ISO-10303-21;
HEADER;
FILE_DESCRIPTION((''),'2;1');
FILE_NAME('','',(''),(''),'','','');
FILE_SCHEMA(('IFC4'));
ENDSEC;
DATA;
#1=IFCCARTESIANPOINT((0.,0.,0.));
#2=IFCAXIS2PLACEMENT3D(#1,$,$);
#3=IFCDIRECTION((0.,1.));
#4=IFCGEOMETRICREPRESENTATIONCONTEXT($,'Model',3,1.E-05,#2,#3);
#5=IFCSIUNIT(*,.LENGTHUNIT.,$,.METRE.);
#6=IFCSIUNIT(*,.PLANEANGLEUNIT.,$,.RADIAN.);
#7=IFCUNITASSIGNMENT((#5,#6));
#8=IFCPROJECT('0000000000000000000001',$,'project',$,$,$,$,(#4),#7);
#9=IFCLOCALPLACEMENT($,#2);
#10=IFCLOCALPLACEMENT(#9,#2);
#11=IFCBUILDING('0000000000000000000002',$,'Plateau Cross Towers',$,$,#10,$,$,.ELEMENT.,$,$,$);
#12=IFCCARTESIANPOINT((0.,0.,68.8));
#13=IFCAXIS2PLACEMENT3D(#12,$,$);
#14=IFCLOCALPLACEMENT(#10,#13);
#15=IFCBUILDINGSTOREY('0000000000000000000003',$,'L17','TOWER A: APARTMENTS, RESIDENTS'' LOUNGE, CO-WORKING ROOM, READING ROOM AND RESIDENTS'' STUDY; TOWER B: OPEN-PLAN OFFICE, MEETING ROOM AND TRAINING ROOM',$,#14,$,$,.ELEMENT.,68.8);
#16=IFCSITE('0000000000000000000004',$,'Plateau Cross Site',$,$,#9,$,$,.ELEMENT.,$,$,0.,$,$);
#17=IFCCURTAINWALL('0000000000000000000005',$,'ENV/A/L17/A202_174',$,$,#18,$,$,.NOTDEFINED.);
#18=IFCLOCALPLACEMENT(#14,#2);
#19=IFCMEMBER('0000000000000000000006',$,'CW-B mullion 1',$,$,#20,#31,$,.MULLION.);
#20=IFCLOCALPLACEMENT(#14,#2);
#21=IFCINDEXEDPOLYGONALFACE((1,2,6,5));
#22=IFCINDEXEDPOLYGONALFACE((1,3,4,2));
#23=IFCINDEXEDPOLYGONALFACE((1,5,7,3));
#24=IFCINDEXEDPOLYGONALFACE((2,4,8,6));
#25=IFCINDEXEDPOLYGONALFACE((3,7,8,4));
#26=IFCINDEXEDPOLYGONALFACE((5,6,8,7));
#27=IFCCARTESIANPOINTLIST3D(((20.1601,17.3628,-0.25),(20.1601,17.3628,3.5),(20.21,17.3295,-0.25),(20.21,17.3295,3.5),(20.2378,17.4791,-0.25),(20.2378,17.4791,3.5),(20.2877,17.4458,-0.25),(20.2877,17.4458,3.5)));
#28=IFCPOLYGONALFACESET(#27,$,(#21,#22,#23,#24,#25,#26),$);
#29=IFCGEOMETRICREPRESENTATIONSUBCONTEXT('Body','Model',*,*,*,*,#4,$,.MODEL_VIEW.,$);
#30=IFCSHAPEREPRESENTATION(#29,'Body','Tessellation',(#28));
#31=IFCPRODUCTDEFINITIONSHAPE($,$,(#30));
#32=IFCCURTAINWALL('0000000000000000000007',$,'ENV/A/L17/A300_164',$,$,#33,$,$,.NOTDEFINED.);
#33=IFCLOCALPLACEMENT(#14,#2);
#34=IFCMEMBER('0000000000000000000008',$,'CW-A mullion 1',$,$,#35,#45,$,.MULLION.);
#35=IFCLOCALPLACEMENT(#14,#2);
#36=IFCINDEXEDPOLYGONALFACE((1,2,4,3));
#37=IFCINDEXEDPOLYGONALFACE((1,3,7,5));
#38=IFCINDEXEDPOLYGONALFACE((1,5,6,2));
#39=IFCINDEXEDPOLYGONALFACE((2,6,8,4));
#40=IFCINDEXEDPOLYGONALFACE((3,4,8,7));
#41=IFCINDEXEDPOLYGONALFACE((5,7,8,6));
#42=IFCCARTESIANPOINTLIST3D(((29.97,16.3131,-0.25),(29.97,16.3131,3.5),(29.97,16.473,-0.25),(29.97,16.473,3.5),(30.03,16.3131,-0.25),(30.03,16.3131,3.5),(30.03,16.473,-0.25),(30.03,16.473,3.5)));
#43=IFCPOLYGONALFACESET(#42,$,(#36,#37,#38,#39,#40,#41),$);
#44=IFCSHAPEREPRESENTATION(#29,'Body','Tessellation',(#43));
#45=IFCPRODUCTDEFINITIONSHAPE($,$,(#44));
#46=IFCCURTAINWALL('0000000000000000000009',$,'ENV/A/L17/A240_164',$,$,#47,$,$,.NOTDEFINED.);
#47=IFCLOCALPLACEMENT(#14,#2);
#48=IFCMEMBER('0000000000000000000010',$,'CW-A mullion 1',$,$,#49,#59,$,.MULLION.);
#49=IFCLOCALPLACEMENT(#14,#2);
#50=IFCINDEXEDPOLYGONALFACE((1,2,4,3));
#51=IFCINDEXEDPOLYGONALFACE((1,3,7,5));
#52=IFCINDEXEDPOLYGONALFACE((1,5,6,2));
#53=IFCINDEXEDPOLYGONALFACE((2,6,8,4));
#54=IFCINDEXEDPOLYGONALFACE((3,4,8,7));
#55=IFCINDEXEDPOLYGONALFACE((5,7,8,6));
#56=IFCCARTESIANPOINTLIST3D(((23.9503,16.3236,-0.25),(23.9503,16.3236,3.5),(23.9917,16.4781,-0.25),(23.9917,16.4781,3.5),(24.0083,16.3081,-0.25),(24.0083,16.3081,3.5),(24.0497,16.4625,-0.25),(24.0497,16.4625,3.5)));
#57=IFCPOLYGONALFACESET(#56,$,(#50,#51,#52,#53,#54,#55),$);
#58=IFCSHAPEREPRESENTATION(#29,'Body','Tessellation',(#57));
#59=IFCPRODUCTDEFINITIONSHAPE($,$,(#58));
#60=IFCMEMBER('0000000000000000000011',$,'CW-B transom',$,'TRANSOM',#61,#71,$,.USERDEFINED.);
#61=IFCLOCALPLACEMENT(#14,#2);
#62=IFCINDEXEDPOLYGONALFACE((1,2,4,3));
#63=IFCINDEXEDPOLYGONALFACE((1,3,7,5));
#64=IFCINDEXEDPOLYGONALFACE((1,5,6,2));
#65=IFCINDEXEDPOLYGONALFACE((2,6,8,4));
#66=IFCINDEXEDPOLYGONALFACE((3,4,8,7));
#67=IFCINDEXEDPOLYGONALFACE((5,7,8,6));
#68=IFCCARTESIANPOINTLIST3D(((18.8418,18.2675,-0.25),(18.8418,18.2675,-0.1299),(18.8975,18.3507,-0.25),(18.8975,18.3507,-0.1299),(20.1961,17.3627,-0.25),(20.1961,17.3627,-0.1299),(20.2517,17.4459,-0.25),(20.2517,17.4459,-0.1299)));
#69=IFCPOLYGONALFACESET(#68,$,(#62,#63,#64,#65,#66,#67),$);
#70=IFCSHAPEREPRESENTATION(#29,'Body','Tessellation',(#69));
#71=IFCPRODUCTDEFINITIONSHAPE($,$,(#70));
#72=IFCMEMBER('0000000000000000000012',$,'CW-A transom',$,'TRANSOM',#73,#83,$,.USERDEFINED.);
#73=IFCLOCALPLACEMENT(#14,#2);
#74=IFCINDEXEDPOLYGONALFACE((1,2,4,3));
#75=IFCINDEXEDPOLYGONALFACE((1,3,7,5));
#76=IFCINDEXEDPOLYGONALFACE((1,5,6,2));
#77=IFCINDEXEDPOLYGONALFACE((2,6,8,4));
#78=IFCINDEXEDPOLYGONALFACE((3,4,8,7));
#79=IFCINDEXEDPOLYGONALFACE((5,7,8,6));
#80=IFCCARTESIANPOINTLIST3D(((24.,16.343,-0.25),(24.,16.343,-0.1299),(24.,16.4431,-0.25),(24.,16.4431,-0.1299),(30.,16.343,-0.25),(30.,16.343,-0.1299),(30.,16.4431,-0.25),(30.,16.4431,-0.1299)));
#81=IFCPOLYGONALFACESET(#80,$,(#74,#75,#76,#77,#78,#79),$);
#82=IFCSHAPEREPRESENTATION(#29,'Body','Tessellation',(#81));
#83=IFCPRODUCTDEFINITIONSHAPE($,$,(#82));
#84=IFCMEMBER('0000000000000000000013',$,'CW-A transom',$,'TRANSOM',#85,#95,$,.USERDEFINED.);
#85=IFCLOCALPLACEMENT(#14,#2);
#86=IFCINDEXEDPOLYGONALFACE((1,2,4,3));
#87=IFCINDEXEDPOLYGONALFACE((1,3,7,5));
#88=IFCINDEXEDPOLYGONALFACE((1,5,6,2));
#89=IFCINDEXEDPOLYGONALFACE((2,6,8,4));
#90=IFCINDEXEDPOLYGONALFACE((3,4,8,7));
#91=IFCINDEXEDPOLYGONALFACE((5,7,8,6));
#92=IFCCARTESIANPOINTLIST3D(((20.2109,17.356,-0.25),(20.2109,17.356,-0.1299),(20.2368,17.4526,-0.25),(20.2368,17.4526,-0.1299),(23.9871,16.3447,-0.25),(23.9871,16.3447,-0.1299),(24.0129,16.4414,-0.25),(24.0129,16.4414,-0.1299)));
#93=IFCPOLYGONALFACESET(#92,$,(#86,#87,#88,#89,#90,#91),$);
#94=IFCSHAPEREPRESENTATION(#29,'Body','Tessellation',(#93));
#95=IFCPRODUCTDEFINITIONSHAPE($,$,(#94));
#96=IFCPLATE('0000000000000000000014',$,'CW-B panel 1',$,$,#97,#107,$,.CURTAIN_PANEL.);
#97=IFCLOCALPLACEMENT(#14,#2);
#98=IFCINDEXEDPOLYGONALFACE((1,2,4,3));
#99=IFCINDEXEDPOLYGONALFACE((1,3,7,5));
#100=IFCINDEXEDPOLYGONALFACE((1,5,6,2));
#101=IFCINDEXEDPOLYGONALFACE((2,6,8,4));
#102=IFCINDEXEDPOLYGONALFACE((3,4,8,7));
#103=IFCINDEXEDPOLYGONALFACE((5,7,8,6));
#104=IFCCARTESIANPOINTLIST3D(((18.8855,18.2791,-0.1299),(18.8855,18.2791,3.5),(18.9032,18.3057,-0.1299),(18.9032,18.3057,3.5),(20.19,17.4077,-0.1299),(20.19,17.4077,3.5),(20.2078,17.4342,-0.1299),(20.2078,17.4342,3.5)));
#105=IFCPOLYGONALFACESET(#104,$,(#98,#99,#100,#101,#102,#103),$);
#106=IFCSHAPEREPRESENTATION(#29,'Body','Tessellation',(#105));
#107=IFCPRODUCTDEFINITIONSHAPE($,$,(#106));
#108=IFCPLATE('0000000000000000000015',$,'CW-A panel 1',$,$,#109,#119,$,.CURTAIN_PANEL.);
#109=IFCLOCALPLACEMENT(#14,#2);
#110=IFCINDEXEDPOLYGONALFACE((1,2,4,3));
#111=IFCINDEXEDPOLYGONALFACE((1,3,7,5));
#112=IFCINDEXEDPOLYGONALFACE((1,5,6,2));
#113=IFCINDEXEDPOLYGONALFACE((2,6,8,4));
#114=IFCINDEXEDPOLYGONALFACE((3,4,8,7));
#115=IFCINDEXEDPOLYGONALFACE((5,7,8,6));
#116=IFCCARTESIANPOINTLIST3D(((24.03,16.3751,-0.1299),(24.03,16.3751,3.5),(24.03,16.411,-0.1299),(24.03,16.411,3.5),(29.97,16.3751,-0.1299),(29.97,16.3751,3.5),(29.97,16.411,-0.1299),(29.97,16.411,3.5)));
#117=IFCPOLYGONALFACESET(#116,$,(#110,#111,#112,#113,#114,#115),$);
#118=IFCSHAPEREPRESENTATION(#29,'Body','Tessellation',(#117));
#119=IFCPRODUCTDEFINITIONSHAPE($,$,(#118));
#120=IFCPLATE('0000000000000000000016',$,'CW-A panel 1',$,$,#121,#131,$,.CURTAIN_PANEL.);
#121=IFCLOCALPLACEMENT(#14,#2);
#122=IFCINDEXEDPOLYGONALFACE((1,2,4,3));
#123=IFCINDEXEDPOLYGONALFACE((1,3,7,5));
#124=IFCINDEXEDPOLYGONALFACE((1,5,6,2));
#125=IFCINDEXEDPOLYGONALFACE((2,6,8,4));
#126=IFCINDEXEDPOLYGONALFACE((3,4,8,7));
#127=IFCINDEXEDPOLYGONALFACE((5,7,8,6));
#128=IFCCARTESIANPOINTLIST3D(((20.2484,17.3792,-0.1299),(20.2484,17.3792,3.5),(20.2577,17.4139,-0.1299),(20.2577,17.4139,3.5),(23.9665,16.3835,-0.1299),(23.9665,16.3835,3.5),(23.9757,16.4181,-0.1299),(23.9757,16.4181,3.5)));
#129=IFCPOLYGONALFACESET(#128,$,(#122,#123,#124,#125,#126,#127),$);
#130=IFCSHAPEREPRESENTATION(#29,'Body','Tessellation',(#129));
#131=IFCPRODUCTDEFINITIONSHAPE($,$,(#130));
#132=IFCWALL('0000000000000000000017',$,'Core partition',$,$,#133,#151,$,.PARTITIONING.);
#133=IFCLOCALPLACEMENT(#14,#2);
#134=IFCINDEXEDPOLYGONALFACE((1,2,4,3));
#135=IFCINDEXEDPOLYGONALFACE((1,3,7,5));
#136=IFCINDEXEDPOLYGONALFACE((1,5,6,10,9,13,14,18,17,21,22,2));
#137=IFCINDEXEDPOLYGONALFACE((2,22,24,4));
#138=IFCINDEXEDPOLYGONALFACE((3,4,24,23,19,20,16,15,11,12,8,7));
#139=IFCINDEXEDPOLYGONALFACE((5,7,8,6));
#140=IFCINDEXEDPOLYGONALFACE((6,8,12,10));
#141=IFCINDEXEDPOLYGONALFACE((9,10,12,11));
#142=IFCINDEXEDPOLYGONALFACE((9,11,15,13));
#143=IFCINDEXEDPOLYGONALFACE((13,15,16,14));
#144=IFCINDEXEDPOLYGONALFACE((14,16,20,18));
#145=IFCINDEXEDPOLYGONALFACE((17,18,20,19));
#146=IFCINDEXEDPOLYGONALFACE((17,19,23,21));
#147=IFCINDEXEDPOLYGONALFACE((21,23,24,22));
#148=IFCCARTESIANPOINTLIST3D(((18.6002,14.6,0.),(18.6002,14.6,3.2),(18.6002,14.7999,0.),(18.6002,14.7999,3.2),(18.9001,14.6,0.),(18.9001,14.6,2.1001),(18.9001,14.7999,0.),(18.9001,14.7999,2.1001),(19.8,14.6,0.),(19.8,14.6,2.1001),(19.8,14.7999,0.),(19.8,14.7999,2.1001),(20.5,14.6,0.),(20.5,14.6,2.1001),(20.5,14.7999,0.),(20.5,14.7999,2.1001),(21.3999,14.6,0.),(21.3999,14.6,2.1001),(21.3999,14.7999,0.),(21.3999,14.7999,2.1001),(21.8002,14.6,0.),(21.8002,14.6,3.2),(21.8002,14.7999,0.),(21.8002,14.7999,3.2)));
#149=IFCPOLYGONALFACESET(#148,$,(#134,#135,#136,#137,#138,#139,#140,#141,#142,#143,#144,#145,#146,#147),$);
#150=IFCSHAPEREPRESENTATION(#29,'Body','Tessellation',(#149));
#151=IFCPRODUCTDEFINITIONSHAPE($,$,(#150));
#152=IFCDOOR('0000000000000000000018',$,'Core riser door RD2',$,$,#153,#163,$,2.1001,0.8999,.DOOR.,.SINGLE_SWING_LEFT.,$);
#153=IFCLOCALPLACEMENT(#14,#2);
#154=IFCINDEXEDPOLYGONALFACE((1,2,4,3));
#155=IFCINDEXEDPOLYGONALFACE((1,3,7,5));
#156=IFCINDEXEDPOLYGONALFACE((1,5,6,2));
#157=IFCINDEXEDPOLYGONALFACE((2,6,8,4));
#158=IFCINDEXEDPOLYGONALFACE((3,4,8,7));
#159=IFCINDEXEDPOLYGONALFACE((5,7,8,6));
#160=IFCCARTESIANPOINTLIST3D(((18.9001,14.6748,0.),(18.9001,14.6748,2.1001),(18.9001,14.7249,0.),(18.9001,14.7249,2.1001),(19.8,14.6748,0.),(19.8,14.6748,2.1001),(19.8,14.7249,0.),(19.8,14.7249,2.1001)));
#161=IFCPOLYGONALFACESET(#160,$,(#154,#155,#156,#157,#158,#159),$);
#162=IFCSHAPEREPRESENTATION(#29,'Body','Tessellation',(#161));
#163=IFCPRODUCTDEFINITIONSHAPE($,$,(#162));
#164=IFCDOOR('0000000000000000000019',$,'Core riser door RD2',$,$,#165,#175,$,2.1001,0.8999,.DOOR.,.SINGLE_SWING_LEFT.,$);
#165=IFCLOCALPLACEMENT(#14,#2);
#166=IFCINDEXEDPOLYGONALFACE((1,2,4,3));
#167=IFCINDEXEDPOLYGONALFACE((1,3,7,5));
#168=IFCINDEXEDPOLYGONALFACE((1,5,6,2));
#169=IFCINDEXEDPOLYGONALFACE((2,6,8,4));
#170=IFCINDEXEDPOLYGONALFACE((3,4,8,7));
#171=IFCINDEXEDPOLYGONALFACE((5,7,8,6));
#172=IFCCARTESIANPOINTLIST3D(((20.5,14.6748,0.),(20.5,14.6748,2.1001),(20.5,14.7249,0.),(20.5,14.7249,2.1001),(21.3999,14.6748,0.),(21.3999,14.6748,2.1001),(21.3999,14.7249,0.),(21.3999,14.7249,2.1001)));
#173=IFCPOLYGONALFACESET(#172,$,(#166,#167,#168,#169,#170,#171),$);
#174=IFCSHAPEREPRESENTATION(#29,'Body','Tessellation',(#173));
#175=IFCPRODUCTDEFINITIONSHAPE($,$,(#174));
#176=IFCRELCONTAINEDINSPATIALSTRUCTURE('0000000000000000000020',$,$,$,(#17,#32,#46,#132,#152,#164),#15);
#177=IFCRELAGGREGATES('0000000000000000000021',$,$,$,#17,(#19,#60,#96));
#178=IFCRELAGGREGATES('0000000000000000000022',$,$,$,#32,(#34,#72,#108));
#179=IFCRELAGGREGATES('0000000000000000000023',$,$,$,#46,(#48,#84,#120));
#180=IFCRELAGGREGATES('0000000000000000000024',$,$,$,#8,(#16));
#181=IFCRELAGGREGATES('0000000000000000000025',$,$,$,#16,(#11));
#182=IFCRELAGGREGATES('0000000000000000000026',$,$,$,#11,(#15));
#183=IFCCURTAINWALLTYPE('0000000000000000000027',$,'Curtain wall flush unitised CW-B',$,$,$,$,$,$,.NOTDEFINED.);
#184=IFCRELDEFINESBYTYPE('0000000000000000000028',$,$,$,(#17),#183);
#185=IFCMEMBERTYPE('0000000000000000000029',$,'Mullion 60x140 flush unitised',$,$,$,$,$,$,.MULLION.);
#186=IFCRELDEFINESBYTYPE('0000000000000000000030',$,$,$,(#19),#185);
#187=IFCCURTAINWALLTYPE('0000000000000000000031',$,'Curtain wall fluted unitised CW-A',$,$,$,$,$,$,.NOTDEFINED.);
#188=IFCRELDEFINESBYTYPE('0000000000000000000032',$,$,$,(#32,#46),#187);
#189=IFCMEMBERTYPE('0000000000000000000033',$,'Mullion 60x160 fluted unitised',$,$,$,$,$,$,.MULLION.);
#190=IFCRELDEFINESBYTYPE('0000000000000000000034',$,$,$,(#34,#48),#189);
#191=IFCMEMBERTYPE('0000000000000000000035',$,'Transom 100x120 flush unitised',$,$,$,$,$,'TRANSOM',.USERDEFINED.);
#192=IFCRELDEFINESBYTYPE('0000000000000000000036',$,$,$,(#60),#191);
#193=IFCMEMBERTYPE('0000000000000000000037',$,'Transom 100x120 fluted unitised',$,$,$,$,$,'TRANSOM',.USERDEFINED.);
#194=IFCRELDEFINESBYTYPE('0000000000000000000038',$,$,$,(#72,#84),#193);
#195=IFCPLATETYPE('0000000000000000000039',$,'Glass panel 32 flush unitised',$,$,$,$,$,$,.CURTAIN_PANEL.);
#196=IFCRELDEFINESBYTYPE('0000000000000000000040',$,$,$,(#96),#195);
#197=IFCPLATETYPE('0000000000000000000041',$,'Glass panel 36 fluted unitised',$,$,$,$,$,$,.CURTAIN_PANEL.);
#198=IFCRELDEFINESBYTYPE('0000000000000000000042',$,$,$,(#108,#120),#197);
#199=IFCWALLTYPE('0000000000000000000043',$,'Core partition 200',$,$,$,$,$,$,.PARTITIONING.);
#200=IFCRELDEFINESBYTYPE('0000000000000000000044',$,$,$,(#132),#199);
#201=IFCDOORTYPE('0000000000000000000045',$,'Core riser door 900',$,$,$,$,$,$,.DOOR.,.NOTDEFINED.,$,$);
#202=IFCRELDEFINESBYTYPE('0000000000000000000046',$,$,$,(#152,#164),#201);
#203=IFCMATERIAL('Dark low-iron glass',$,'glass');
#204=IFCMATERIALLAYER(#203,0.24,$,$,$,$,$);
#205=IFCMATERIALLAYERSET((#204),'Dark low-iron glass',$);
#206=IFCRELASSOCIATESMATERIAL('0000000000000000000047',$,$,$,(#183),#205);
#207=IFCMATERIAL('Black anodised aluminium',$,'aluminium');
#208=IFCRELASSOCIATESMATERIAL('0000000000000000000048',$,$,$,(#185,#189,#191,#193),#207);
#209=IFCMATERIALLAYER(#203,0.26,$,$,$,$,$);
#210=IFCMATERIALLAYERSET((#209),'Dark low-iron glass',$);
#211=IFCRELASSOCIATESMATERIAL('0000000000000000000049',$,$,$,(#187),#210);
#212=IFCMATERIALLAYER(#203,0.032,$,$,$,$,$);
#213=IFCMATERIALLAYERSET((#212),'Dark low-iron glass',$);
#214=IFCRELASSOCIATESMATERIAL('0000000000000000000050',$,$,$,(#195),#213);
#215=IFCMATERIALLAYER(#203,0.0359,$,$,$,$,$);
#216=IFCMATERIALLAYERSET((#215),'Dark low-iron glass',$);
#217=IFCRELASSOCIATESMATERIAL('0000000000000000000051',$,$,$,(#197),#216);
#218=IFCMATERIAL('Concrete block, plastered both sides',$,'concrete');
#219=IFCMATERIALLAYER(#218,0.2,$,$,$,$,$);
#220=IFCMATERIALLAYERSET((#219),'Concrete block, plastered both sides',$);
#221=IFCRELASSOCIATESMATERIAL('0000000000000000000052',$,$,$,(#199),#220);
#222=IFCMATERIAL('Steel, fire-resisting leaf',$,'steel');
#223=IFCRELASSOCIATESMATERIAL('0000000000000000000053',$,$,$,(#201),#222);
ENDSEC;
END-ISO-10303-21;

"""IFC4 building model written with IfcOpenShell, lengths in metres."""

from ifc_helpers import new_model, si_unit, direction, frame, frame_2d, origin, origin_2d, place, context, subcontext, project, spatial, rectangle, extrude, material, layer, layer_set, material_profile, profile_set, type_object, element, fill, aggregate, save


model = new_model("IFC4")

# Units and contexts
model_context = context("Model", 3, precision=1e-05, world=origin(), true_north=direction((0.0, 1.0)))
body_context = subcontext(model_context, "Body", "Model", "MODEL_VIEW")
ifc_project = project(units=[si_unit("LENGTHUNIT", "METRE"), si_unit("PLANEANGLEUNIT", "RADIAN")], contexts=[model_context])

# Site, building, storey
site_placement = place(None, origin())
site = spatial("IfcSite", under=ifc_project, at=site_placement, Name="Plateau Cross Site", CompositionType="ELEMENT", RefElevation=0.0)
building_placement = place(site_placement, origin())
building = spatial("IfcBuilding", under=site, at=building_placement, Name="Plateau Cross Towers", CompositionType="ELEMENT")
storey_placement = place(building_placement, frame((0.0, 0.0, 68.8)))
storey = spatial("IfcBuildingStorey", under=building, at=storey_placement, Name="L17", Description="TOWER A: APARTMENTS, RESIDENTS' LOUNGE, CO-WORKING ROOM, READING ROOM AND RESIDENTS' STUDY; TOWER B: OPEN-PLAN OFFICE, MEETING ROOM AND TRAINING ROOM", CompositionType="ELEMENT", Elevation=68.8)

# Curtain walls, members
ifc_material_1 = material(Name="Dark low-iron glass", Category="glass")
ifc_layer_1 = layer(ifc_material_1, 0.24)
ifc_layer_set_1 = layer_set([ifc_layer_1], Name="Dark low-iron glass")
curtain_wall_type_1 = type_object("IfcCurtainWallType", Name="Curtain wall flush unitised CW-B", PredefinedType="NOTDEFINED", material=ifc_layer_set_1)
curtain_wall_1_placement = place(storey_placement, origin())
curtain_wall_1 = element("IfcCurtainWall", 1, at=curtain_wall_1_placement, inside=storey, type_object=curtain_wall_type_1, Name="ENV/A/L17/A202_174", PredefinedType="NOTDEFINED")
ifc_material_2 = material(Name="Black anodised aluminium", Category="aluminium")
ifc_material_profile_1 = material_profile(ifc_material_2, rectangle(XDim=0.0601, YDim=0.1399, at=origin_2d()), Name="MULLION 60x140")
ifc_profile_set_1 = profile_set([ifc_material_profile_1], Name="Black anodised aluminium")
member_type_1 = type_object("IfcMemberType", Name="Mullion 60x140 flush unitised", PredefinedType="MULLION", material=ifc_profile_set_1)
member_1_placement = place(storey_placement, frame((20.2239, 17.4043, -0.25), z_axis=(0.0, 0.0, 1.0), x_axis=(-0.831521, 0.555493, 0.0)))
member_1 = element("IfcMember", 2, at=member_1_placement, type_object=member_type_1, Name="CW-B mullion 1", PredefinedType="MULLION", context=body_context, shape_type="SweptSolid", body=[
    extrude(rectangle(XDim=0.0601, YDim=0.1399, at=origin_2d()), origin(), (0.0, 0.0, 1.0), 3.75),
])
ifc_layer_2 = layer(ifc_material_1, 0.26)
ifc_layer_set_2 = layer_set([ifc_layer_2], Name="Dark low-iron glass")
curtain_wall_type_2 = type_object("IfcCurtainWallType", Name="Curtain wall fluted unitised CW-A", PredefinedType="NOTDEFINED", material=ifc_layer_set_2)
curtain_wall_2_placement = place(storey_placement, origin())
curtain_wall_2 = element("IfcCurtainWall", 3, at=curtain_wall_2_placement, inside=storey, type_object=curtain_wall_type_2, Name="ENV/A/L17/A300_164", PredefinedType="NOTDEFINED")
ifc_material_profile_2 = material_profile(ifc_material_2, rectangle(XDim=0.0601, YDim=0.1599, at=origin_2d()), Name="MULLION 60x160")
ifc_profile_set_2 = profile_set([ifc_material_profile_2], Name="Black anodised aluminium")
member_type_2 = type_object("IfcMemberType", Name="Mullion 60x160 fluted unitised", PredefinedType="MULLION", material=ifc_profile_set_2)
member_2_placement = place(storey_placement, frame((30.0, 16.3931, -0.25), z_axis=(0.0, 0.0, 1.0), x_axis=(-1.0, 0.0, 0.0)))
member_2 = element("IfcMember", 4, at=member_2_placement, type_object=member_type_2, Name="CW-A mullion 1", PredefinedType="MULLION", context=body_context, shape_type="SweptSolid", body=[
    extrude(rectangle(XDim=0.0601, YDim=0.1599, at=origin_2d()), origin(), (0.0, 0.0, 1.0), 3.75),
])
curtain_wall_3_placement = place(storey_placement, origin())
curtain_wall_3 = element("IfcCurtainWall", 5, at=curtain_wall_3_placement, inside=storey, type_object=curtain_wall_type_2, Name="ENV/A/L17/A240_164", PredefinedType="NOTDEFINED")
member_3_placement = place(storey_placement, frame((24.0, 16.3931, -0.25), z_axis=(0.0, 0.0, 1.0), x_axis=(-0.965958, 0.258699, 0.0)))
member_3 = element("IfcMember", 6, at=member_3_placement, type_object=member_type_2, Name="CW-A mullion 1", PredefinedType="MULLION", context=body_context, shape_type="SweptSolid", body=[
    extrude(rectangle(XDim=0.0601, YDim=0.1599, at=origin_2d()), origin(), (0.0, 0.0, 1.0), 3.75),
])

# Members
ifc_material_profile_3 = material_profile(ifc_material_2, rectangle(XDim=0.1001, YDim=0.1201, at=origin_2d()), Name="TRANSOM 100x120")
ifc_profile_set_3 = profile_set([ifc_material_profile_3], Name="Black anodised aluminium")
member_type_3 = type_object("IfcMemberType", Name="Transom 100x120 flush unitised", ElementType="TRANSOM", PredefinedType="USERDEFINED", material=ifc_profile_set_3)
member_4_placement = place(storey_placement, frame((20.2239, 17.4043, -0.1899), z_axis=(-0.831496, 0.55553, 0.0), x_axis=(-0.55553, -0.831496, 0.0)))
member_4 = element("IfcMember", 7, at=member_4_placement, type_object=member_type_3, Name="CW-B transom", ObjectType="TRANSOM", PredefinedType="USERDEFINED", context=body_context, shape_type="SweptSolid", body=[
    extrude(rectangle(XDim=0.1001, YDim=0.1201, at=origin_2d()), origin(), (0.0, 0.0, 1.0), 1.6287),
])
ifc_material_profile_4 = material_profile(ifc_material_2, rectangle(XDim=0.1001, YDim=0.1201, at=origin_2d()), Name="TRANSOM 100x120")
ifc_profile_set_4 = profile_set([ifc_material_profile_4], Name="Black anodised aluminium")
member_type_4 = type_object("IfcMemberType", Name="Transom 100x120 fluted unitised", ElementType="TRANSOM", PredefinedType="USERDEFINED", material=ifc_profile_set_4)
member_5_placement = place(storey_placement, frame((30.0, 16.3931, -0.1899), z_axis=(-1.0, 0.0, 0.0), x_axis=(0.0, -1.0, 0.0)))
member_5 = element("IfcMember", 8, at=member_5_placement, type_object=member_type_4, Name="CW-A transom", ObjectType="TRANSOM", PredefinedType="USERDEFINED", context=body_context, shape_type="SweptSolid", body=[
    extrude(rectangle(XDim=0.1001, YDim=0.1201, at=origin_2d()), origin(), (0.0, 0.0, 1.0), 6.0),
])
member_6_placement = place(storey_placement, frame((24.0, 16.3931, -0.1899), z_axis=(-0.965963, 0.258681, 0.0), x_axis=(-0.258681, -0.965963, 0.0)))
member_6 = element("IfcMember", 9, at=member_6_placement, type_object=member_type_4, Name="CW-A transom", ObjectType="TRANSOM", PredefinedType="USERDEFINED", context=body_context, shape_type="SweptSolid", body=[
    extrude(rectangle(XDim=0.1001, YDim=0.1201, at=origin_2d()), origin(), (0.0, 0.0, 1.0), 3.9092),
])

# Plates
ifc_layer_3 = layer(ifc_material_1, 0.032)
ifc_layer_set_3 = layer_set([ifc_layer_3], Name="Dark low-iron glass")
plate_type_1 = type_object("IfcPlateType", Name="Glass panel 32 flush unitised", PredefinedType="CURTAIN_PANEL", material=ifc_layer_set_3)
plate_1_placement = place(storey_placement, frame((19.5466, 17.8567, -0.1299), z_axis=(0.0, 0.0, 1.0), x_axis=(-0.831521, 0.555493, 0.0)))
plate_1 = element("IfcPlate", 10, at=plate_1_placement, type_object=plate_type_1, Name="CW-B panel 1", PredefinedType="CURTAIN_PANEL", context=body_context, shape_type="SweptSolid", body=[
    extrude(rectangle(XDim=1.5688, YDim=0.032, at=origin_2d()), origin(), (0.0, 0.0, 1.0), 3.6299),
])
aggregate(curtain_wall_1, [member_1, member_4, plate_1])
ifc_layer_4 = layer(ifc_material_1, 0.0359)
ifc_layer_set_4 = layer_set([ifc_layer_4], Name="Dark low-iron glass")
plate_type_2 = type_object("IfcPlateType", Name="Glass panel 36 fluted unitised", PredefinedType="CURTAIN_PANEL", material=ifc_layer_set_4)
plate_2_placement = place(storey_placement, frame((27.0, 16.3931, -0.1299), z_axis=(0.0, 0.0, 1.0), x_axis=(-1.0, 0.0, 0.0)))
plate_2 = element("IfcPlate", 11, at=plate_2_placement, type_object=plate_type_2, Name="CW-A panel 1", PredefinedType="CURTAIN_PANEL", context=body_context, shape_type="SweptSolid", body=[
    extrude(rectangle(XDim=5.9399, YDim=0.0359, at=origin_2d()), origin(), (0.0, 0.0, 1.0), 3.6299),
])
aggregate(curtain_wall_2, [member_2, member_5, plate_2])
plate_3_placement = place(storey_placement, frame((22.1121, 16.8987, -0.1299), z_axis=(0.0, 0.0, 1.0), x_axis=(-0.965958, 0.258699, 0.0)))
plate_3 = element("IfcPlate", 12, at=plate_3_placement, type_object=plate_type_2, Name="CW-A panel 1", PredefinedType="CURTAIN_PANEL", context=body_context, shape_type="SweptSolid", body=[
    extrude(rectangle(XDim=3.8491, YDim=0.0359, at=origin_2d()), origin(), (0.0, 0.0, 1.0), 3.6299),
])
aggregate(curtain_wall_3, [member_3, member_6, plate_3])

# Wall, openings, doors
ifc_material_3 = material(Name="Concrete block, plastered both sides", Category="concrete")
ifc_layer_5 = layer(ifc_material_3, 0.2)
ifc_layer_set_5 = layer_set([ifc_layer_5], Name="Concrete block, plastered both sides")
wall_type_1 = type_object("IfcWallType", Name="Core partition 200", PredefinedType="PARTITIONING", material=ifc_layer_set_5)
wall_1_placement = place(storey_placement, frame((18.6001, 14.7, 0.0), z_axis=(0.0, 0.0, 1.0), x_axis=(1.0, 0.0, 0.0)))
wall_1 = element("IfcWall", 13, at=wall_1_placement, inside=storey, type_object=wall_type_1, Name="Core partition", PredefinedType="PARTITIONING", context=body_context, shape_type="SweptSolid", body=[
    extrude(rectangle(XDim=3.2, YDim=0.2, at=frame_2d((1.6001, 0.0))), origin(), (0.0, 0.0, 1.0), 3.2),
])
opening_1_placement = place(wall_1_placement, frame((0.3, 0.0, 0.0)))
opening_1 = element("IfcOpeningElement", 14, at=opening_1_placement, cuts=wall_1, PredefinedType="OPENING", context=body_context, shape_type="SweptSolid", body=[
    extrude(rectangle(XDim=0.8999, YDim=2.1001, at=frame_2d((0.45, 1.05))), frame((0.0, 0.1099, 0.0), z_axis=(0.0, -1.0, 0.0), x_axis=(1.0, 0.0, 0.0)), (0.0, 0.0, 1.0), 0.22),
])
opening_2_placement = place(wall_1_placement, frame((1.8999, 0.0, 0.0)))
opening_2 = element("IfcOpeningElement", 15, at=opening_2_placement, cuts=wall_1, PredefinedType="OPENING", context=body_context, shape_type="SweptSolid", body=[
    extrude(rectangle(XDim=0.8999, YDim=2.1001, at=frame_2d((0.45, 1.05))), frame((0.0, 0.1099, 0.0), z_axis=(0.0, -1.0, 0.0), x_axis=(1.0, 0.0, 0.0)), (0.0, 0.0, 1.0), 0.22),
])
ifc_material_4 = material(Name="Steel, fire-resisting leaf", Category="steel")
door_type_1 = type_object("IfcDoorType", Name="Core riser door 900", OperationType="NOTDEFINED", PredefinedType="DOOR", material=ifc_material_4)
door_1_placement = place(opening_1_placement, origin())
door_1 = element("IfcDoor", 16, at=door_1_placement, inside=storey, type_object=door_type_1, Name="Core riser door RD2", OperationType="SINGLE_SWING_LEFT", OverallHeight=2.1001, OverallWidth=0.8999, PredefinedType="DOOR", context=body_context, shape_type="SweptSolid", body=[
    extrude(rectangle(XDim=0.8999, YDim=2.1001, at=frame_2d((0.45, 1.05))), frame((0.0, 0.0249, 0.0), z_axis=(0.0, -1.0, 0.0), x_axis=(1.0, 0.0, 0.0)), (0.0, 0.0, 1.0), 0.05),
])
fill(opening_1, door_1)
door_2_placement = place(opening_2_placement, origin())
door_2 = element("IfcDoor", 17, at=door_2_placement, inside=storey, type_object=door_type_1, Name="Core riser door RD2", OperationType="SINGLE_SWING_LEFT", OverallHeight=2.1001, OverallWidth=0.8999, PredefinedType="DOOR", context=body_context, shape_type="SweptSolid", body=[
    extrude(rectangle(XDim=0.8999, YDim=2.1001, at=frame_2d((0.45, 1.05))), frame((0.0, 0.0249, 0.0), z_axis=(0.0, -1.0, 0.0), x_axis=(1.0, 0.0, 0.0)), (0.0, 0.0, 1.0), 0.05),
])
fill(opening_2, door_2)

save(model, "model.ifc")
